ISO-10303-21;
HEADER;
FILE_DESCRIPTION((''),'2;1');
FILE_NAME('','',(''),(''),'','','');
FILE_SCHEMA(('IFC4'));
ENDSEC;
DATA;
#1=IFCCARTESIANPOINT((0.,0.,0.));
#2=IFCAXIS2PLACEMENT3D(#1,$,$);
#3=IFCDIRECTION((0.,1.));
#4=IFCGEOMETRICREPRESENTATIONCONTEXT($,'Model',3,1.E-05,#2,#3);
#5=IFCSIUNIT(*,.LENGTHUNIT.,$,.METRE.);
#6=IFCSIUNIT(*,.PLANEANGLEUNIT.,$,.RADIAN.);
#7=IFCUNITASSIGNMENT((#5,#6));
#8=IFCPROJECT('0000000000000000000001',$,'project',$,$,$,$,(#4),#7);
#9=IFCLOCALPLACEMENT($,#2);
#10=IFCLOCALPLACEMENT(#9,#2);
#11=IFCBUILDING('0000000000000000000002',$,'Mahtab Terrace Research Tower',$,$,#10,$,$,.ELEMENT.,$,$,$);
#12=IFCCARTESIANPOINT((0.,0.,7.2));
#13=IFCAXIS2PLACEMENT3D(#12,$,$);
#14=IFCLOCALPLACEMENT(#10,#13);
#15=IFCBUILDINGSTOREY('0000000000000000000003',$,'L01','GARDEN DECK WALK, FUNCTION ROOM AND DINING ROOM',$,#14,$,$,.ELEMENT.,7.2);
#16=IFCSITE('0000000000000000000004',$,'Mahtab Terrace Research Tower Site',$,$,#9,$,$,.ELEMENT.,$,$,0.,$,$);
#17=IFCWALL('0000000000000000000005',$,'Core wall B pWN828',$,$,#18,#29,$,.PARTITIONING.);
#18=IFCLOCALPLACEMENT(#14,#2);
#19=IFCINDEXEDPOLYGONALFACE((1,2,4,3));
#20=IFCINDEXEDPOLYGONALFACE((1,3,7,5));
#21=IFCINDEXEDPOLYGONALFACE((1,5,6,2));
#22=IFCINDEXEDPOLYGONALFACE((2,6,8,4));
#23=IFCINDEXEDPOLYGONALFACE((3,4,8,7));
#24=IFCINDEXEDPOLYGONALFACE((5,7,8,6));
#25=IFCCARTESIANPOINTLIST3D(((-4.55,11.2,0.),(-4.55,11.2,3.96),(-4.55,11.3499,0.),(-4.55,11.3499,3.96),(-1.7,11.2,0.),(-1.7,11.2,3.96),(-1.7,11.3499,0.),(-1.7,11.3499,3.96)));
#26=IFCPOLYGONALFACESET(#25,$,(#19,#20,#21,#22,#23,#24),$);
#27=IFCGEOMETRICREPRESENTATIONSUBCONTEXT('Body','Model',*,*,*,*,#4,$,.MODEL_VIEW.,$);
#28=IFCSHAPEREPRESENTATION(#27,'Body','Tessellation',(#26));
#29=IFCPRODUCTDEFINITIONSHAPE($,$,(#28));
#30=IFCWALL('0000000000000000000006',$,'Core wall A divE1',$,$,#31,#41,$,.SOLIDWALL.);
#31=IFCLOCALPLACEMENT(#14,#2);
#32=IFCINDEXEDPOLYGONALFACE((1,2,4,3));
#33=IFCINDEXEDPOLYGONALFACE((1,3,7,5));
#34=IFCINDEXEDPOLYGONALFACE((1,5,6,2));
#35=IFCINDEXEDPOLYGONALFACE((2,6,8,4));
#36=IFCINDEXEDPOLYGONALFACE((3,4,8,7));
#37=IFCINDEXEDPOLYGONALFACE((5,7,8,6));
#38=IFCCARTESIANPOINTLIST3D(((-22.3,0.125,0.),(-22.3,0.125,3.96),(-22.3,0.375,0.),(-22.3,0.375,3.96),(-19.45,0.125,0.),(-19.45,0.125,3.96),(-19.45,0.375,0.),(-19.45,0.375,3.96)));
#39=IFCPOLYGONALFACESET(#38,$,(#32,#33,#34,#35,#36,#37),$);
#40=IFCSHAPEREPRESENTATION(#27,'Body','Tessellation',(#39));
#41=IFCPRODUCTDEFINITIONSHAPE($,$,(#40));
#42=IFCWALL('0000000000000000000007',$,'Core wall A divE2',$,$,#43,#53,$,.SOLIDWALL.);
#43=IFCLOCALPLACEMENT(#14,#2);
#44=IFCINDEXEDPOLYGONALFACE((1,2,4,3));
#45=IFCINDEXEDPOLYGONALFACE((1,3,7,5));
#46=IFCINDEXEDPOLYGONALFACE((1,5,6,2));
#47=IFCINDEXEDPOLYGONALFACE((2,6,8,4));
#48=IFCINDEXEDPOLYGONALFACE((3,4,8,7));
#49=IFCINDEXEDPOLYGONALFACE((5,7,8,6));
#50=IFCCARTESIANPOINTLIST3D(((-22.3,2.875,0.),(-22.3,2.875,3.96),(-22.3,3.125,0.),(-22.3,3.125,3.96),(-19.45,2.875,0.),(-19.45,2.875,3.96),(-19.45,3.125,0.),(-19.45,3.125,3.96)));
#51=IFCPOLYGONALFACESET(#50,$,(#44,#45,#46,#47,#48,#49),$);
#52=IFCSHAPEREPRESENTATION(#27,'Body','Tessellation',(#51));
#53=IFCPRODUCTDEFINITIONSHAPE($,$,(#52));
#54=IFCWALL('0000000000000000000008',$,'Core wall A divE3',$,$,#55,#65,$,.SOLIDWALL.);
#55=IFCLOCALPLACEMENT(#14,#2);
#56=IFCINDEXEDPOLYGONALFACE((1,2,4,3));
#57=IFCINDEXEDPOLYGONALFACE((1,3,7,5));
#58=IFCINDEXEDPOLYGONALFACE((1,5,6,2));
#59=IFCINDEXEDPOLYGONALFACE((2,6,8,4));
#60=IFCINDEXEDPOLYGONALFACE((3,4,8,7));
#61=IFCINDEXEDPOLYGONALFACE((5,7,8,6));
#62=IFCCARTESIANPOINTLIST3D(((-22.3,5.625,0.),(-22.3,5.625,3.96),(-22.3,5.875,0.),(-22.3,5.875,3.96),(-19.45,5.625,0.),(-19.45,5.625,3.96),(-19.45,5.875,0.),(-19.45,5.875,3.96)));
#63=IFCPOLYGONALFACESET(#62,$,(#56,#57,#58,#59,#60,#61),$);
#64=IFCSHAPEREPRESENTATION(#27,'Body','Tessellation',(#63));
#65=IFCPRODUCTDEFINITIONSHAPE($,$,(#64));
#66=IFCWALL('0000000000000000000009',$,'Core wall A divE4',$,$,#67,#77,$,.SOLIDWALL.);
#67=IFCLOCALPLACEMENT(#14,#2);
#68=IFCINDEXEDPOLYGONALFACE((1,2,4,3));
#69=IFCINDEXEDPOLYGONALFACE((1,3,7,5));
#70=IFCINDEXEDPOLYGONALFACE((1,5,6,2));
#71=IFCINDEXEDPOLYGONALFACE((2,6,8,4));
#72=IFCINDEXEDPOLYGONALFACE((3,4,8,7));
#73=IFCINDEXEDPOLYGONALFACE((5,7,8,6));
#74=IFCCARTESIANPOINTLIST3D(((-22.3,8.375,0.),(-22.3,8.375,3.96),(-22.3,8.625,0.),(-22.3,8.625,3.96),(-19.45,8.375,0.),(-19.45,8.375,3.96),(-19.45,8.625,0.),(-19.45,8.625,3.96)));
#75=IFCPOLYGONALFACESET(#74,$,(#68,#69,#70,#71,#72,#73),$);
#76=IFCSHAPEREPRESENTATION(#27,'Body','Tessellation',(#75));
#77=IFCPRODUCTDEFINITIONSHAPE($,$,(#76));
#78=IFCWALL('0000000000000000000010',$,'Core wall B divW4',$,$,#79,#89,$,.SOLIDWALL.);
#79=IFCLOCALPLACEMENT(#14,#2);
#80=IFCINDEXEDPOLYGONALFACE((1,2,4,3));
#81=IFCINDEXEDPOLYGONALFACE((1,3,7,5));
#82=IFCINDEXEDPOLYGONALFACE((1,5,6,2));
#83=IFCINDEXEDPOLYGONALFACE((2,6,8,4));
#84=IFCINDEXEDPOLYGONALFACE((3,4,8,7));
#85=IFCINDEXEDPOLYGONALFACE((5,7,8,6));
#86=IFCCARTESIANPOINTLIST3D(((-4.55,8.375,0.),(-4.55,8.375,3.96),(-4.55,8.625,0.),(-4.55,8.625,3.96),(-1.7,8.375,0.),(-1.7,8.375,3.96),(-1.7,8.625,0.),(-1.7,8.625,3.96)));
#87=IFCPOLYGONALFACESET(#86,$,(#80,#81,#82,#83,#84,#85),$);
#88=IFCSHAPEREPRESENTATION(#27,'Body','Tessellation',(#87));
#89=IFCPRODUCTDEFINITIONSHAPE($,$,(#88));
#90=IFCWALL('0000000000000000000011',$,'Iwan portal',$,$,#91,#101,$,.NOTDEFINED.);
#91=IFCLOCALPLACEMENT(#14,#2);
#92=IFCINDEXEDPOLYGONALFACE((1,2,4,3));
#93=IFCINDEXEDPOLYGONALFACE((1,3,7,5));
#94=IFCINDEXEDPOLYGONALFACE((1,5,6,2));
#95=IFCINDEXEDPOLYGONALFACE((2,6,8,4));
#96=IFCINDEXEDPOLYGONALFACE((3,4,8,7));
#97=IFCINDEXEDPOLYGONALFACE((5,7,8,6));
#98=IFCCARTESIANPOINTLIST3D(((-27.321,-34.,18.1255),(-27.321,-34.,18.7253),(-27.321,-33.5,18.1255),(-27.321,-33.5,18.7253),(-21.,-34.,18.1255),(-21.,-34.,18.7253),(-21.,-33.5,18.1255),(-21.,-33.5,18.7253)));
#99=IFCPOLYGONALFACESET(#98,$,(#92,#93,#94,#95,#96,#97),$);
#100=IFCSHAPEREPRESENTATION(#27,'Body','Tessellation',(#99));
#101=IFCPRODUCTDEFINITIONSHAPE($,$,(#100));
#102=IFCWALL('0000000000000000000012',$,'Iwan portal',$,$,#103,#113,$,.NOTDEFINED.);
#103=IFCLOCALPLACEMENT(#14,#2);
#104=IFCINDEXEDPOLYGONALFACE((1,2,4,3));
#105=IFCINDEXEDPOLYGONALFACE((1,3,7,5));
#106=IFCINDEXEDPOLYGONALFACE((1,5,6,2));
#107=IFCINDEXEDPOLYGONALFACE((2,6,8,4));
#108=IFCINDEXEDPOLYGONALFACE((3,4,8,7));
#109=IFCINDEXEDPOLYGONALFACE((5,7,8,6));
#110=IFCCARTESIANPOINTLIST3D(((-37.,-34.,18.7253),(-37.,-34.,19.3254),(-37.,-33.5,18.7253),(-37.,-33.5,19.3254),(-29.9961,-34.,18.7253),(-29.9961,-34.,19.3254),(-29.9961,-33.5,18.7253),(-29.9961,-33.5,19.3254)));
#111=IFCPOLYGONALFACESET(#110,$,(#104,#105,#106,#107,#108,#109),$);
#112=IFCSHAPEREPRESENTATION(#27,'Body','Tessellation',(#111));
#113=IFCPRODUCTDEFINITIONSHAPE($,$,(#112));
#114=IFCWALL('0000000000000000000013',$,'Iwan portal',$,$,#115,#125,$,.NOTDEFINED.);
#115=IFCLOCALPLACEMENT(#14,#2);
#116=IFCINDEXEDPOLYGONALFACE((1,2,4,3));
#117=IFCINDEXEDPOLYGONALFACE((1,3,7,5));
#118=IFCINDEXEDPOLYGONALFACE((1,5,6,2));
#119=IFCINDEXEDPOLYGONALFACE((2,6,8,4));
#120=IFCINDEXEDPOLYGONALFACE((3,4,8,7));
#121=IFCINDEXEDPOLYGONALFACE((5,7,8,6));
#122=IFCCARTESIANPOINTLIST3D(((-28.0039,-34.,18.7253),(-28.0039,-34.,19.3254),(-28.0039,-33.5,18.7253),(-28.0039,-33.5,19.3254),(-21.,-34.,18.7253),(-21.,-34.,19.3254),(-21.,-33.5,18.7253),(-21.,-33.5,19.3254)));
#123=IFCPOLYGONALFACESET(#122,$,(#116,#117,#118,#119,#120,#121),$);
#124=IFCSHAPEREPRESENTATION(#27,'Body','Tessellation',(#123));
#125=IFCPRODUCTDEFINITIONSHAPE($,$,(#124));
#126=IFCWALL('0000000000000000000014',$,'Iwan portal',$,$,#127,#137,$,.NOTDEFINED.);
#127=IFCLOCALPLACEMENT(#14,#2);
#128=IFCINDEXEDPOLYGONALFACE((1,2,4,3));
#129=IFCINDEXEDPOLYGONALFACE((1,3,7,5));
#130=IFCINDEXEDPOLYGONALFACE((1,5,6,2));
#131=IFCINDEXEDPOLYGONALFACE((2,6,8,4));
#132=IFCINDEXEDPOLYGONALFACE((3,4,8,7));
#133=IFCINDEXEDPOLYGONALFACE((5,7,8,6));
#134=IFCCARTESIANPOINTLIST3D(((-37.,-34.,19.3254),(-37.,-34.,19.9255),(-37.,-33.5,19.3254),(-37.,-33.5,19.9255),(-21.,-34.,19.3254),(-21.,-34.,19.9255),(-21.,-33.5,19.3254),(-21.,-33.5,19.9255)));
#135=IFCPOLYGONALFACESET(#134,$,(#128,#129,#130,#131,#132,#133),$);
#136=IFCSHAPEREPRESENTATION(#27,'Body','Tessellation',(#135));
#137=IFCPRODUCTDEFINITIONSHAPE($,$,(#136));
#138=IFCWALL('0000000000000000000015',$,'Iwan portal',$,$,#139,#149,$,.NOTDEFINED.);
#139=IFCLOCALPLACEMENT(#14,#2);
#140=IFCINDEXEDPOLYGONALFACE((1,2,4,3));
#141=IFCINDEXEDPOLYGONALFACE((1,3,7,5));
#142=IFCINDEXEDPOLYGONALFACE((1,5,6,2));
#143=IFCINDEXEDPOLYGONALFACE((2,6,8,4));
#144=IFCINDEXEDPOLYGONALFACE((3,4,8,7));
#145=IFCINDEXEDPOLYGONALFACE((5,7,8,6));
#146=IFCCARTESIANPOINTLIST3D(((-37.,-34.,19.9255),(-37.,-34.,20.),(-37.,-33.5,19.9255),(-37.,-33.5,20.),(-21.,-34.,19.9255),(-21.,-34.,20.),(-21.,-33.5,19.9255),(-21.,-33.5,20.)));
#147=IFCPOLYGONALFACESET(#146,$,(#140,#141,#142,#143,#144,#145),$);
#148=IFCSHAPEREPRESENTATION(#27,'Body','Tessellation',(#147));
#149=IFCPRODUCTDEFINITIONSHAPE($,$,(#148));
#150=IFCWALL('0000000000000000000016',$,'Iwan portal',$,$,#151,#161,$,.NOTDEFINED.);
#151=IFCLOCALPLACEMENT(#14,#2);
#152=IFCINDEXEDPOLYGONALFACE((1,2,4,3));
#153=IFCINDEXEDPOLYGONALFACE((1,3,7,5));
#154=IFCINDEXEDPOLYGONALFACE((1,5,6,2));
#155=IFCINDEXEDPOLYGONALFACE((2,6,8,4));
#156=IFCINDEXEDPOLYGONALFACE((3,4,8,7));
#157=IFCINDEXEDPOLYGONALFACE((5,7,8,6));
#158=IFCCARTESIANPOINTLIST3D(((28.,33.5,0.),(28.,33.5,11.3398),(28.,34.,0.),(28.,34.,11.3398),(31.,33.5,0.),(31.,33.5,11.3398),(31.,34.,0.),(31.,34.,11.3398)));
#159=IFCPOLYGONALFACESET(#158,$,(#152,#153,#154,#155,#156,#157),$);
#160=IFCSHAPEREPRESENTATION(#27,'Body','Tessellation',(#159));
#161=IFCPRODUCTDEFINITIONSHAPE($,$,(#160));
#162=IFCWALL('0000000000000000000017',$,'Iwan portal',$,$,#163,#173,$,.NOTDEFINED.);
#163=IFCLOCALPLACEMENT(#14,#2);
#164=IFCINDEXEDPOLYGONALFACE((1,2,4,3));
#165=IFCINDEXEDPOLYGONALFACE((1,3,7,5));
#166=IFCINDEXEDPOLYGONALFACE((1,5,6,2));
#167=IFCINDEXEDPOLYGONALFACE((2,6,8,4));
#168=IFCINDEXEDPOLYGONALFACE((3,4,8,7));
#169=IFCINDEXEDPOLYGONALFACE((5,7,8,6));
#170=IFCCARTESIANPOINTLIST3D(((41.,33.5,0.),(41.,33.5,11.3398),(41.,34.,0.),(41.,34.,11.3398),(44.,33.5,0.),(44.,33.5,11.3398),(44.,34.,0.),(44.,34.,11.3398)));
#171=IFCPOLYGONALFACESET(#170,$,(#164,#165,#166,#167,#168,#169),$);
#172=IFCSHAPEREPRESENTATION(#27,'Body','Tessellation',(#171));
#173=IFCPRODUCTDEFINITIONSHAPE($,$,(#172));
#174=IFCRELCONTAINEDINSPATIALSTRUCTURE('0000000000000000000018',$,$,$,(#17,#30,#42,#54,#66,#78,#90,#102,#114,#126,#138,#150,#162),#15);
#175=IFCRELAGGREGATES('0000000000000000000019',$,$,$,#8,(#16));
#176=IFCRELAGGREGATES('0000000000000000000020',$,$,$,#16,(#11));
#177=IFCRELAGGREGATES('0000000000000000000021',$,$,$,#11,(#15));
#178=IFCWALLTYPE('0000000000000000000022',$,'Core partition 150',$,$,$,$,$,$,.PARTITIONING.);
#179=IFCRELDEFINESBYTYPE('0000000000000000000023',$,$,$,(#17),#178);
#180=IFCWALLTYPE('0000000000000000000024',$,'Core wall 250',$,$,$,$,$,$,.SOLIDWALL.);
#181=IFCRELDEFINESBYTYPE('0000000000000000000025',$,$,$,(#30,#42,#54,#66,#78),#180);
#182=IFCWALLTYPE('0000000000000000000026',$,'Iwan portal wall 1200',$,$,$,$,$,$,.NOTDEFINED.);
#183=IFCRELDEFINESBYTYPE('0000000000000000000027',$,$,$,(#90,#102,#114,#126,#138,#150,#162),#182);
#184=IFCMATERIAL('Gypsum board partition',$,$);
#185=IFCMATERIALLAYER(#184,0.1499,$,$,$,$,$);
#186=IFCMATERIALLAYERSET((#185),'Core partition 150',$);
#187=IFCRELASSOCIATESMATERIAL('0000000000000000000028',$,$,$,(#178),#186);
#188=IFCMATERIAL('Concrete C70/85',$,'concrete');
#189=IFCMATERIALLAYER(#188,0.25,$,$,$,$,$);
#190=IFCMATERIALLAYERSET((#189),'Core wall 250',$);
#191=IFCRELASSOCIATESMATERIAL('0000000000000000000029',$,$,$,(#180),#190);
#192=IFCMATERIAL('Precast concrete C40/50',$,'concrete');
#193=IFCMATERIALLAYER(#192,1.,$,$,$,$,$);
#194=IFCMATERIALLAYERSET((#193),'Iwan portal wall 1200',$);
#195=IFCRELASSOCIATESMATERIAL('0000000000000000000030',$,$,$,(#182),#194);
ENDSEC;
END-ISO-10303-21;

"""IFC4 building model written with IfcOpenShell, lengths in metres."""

from ifc_helpers import new_model, si_unit, direction, frame, frame_2d, origin, place, context, subcontext, project, spatial, polyline, rectangle, outline, extrude, material, layer, layer_set, type_object, element, save


model = new_model("IFC4")

# Units and contexts
model_context = context("Model", 3, precision=1e-05, world=origin(), true_north=direction((0.0, 1.0)))
body_context = subcontext(model_context, "Body", "Model", "MODEL_VIEW")
ifc_project = project(units=[si_unit("LENGTHUNIT", "METRE"), si_unit("PLANEANGLEUNIT", "RADIAN")], contexts=[model_context])

# Site, building, storey
site_placement = place(None, origin())
site = spatial("IfcSite", under=ifc_project, at=site_placement, Name="Mahtab Terrace Research Tower Site", CompositionType="ELEMENT", RefElevation=0.0)
building_placement = place(site_placement, origin())
building = spatial("IfcBuilding", under=site, at=building_placement, Name="Mahtab Terrace Research Tower", CompositionType="ELEMENT")
storey_placement = place(building_placement, frame((0.0, 0.0, 7.2)))
storey = spatial("IfcBuildingStorey", under=building, at=storey_placement, Name="L01", Description="GARDEN DECK WALK, FUNCTION ROOM AND DINING ROOM", CompositionType="ELEMENT", Elevation=7.2)

# Walls
ifc_material_1 = material(Name="Gypsum board partition")
ifc_layer_1 = layer(ifc_material_1, 0.1499)
ifc_layer_set_1 = layer_set([ifc_layer_1], Name="Core partition 150")
wall_type_1 = type_object("IfcWallType", Name="Core partition 150", PredefinedType="PARTITIONING", material=ifc_layer_set_1)
wall_1_placement = place(storey_placement, frame((-4.55, 11.2749, 0.0), z_axis=(0.0, 0.0, 1.0), x_axis=(1.0, 0.0, 0.0)))
element("IfcWall", 1, at=wall_1_placement, inside=storey, type_object=wall_type_1, Name="Core wall B pWN828", PredefinedType="PARTITIONING", context=body_context, shape_type="SweptSolid", body=[
    extrude(rectangle(XDim=2.8501, YDim=0.1499, at=frame_2d((1.425, 0.0))), origin(), (0.0, 0.0, 1.0), 3.96),
])
ifc_material_2 = material(Name="Concrete C70/85", Category="concrete")
ifc_layer_2 = layer(ifc_material_2, 0.25)
ifc_layer_set_2 = layer_set([ifc_layer_2], Name="Core wall 250")
wall_type_2 = type_object("IfcWallType", Name="Core wall 250", PredefinedType="SOLIDWALL", material=ifc_layer_set_2)
for number, where, z_axis, x_axis, name in (
    (2, (-22.3, 0.25, 0.0), (0.0, 0.0, 1.0), (1.0, 0.0, 0.0), "Core wall A divE1"),
    (3, (-22.3, 3.0, 0.0), (0.0, 0.0, 1.0), (1.0, 0.0, 0.0), "Core wall A divE2"),
    (4, (-22.3, 5.75, 0.0), (0.0, 0.0, 1.0), (1.0, 0.0, 0.0), "Core wall A divE3"),
    (5, (-22.3, 8.5, 0.0), (0.0, 0.0, 1.0), (1.0, 0.0, 0.0), "Core wall A divE4"),
    (6, (-4.55, 8.5, 0.0), (0.0, 0.0, 1.0), (1.0, 0.0, 0.0), "Core wall B divW4"),
):
    element("IfcWall", number, at=place(storey_placement, frame(where, z_axis=z_axis, x_axis=x_axis)), inside=storey, type_object=wall_type_2, Name=name, PredefinedType="SOLIDWALL", context=body_context, shape_type="SweptSolid", body=[
        extrude(rectangle(XDim=2.8501, YDim=0.25, at=frame_2d((1.425, 0.0))), origin(), (0.0, 0.0, 1.0), 3.96),
    ])
ifc_material_3 = material(Name="Precast concrete C40/50", Category="concrete")
ifc_layer_3 = layer(ifc_material_3, 1.0)
ifc_layer_set_3 = layer_set([ifc_layer_3], Name="Iwan portal wall 1200")
wall_type_3 = type_object("IfcWallType", Name="Iwan portal wall 1200", PredefinedType="NOTDEFINED", material=ifc_layer_set_3)
wall_2_placement = place(storey_placement, frame((0.0, 0.0, 18.1255)))
element("IfcWall", 7, at=wall_2_placement, inside=storey, type_object=wall_type_3, Name="Iwan portal", PredefinedType="NOTDEFINED", context=body_context, shape_type="SweptSolid", body=[
    extrude(outline(polyline([(-27.321, -34.0), (-21.0, -34.0), (-21.0, -33.5), (-27.321, -33.5), (-27.321, -34.0)])), origin(), (0.0, 0.0, 1.0), 0.5999),
])
wall_3_placement = place(storey_placement, frame((0.0, 0.0, 18.7253)))
element("IfcWall", 8, at=wall_3_placement, inside=storey, type_object=wall_type_3, Name="Iwan portal", PredefinedType="NOTDEFINED", context=body_context, shape_type="SweptSolid", body=[
    extrude(outline(polyline([(-37.0, -34.0), (-29.9961, -34.0), (-29.9961, -33.5), (-37.0, -33.5), (-37.0, -34.0)])), origin(), (0.0, 0.0, 1.0), 0.6001),
])
wall_4_placement = place(storey_placement, frame((0.0, 0.0, 18.7253)))
element("IfcWall", 9, at=wall_4_placement, inside=storey, type_object=wall_type_3, Name="Iwan portal", PredefinedType="NOTDEFINED", context=body_context, shape_type="SweptSolid", body=[
    extrude(outline(polyline([(-28.0039, -34.0), (-21.0, -34.0), (-21.0, -33.5), (-28.0039, -33.5), (-28.0039, -34.0)])), origin(), (0.0, 0.0, 1.0), 0.6001),
])
wall_5_placement = place(storey_placement, frame((0.0, 0.0, 19.3254)))
element("IfcWall", 10, at=wall_5_placement, inside=storey, type_object=wall_type_3, Name="Iwan portal", PredefinedType="NOTDEFINED", context=body_context, shape_type="SweptSolid", body=[
    extrude(outline(polyline([(-37.0, -34.0), (-21.0, -34.0), (-21.0, -33.5), (-37.0, -33.5), (-37.0, -34.0)])), origin(), (0.0, 0.0, 1.0), 0.6001),
])
wall_6_placement = place(storey_placement, frame((0.0, 0.0, 19.9255)))
element("IfcWall", 11, at=wall_6_placement, inside=storey, type_object=wall_type_3, Name="Iwan portal", PredefinedType="NOTDEFINED", context=body_context, shape_type="SweptSolid", body=[
    extrude(outline(polyline([(-37.0, -34.0), (-21.0, -34.0), (-21.0, -33.5), (-37.0, -33.5), (-37.0, -34.0)])), origin(), (0.0, 0.0, 1.0), 0.0745),
])
wall_7_placement = place(storey_placement, origin())
element("IfcWall", 12, at=wall_7_placement, inside=storey, type_object=wall_type_3, Name="Iwan portal", PredefinedType="NOTDEFINED", context=body_context, shape_type="SweptSolid", body=[
    extrude(outline(polyline([(28.0, 33.5), (31.0, 33.5), (31.0, 34.0), (28.0, 34.0), (28.0, 33.5)])), origin(), (0.0, 0.0, 1.0), 11.3398),
])
wall_8_placement = place(storey_placement, origin())
element("IfcWall", 13, at=wall_8_placement, inside=storey, type_object=wall_type_3, Name="Iwan portal", PredefinedType="NOTDEFINED", context=body_context, shape_type="SweptSolid", body=[
    extrude(outline(polyline([(41.0, 33.5), (44.0, 33.5), (44.0, 34.0), (41.0, 34.0), (41.0, 33.5)])), origin(), (0.0, 0.0, 1.0), 11.3398),
])

save(model, "model.ifc")
